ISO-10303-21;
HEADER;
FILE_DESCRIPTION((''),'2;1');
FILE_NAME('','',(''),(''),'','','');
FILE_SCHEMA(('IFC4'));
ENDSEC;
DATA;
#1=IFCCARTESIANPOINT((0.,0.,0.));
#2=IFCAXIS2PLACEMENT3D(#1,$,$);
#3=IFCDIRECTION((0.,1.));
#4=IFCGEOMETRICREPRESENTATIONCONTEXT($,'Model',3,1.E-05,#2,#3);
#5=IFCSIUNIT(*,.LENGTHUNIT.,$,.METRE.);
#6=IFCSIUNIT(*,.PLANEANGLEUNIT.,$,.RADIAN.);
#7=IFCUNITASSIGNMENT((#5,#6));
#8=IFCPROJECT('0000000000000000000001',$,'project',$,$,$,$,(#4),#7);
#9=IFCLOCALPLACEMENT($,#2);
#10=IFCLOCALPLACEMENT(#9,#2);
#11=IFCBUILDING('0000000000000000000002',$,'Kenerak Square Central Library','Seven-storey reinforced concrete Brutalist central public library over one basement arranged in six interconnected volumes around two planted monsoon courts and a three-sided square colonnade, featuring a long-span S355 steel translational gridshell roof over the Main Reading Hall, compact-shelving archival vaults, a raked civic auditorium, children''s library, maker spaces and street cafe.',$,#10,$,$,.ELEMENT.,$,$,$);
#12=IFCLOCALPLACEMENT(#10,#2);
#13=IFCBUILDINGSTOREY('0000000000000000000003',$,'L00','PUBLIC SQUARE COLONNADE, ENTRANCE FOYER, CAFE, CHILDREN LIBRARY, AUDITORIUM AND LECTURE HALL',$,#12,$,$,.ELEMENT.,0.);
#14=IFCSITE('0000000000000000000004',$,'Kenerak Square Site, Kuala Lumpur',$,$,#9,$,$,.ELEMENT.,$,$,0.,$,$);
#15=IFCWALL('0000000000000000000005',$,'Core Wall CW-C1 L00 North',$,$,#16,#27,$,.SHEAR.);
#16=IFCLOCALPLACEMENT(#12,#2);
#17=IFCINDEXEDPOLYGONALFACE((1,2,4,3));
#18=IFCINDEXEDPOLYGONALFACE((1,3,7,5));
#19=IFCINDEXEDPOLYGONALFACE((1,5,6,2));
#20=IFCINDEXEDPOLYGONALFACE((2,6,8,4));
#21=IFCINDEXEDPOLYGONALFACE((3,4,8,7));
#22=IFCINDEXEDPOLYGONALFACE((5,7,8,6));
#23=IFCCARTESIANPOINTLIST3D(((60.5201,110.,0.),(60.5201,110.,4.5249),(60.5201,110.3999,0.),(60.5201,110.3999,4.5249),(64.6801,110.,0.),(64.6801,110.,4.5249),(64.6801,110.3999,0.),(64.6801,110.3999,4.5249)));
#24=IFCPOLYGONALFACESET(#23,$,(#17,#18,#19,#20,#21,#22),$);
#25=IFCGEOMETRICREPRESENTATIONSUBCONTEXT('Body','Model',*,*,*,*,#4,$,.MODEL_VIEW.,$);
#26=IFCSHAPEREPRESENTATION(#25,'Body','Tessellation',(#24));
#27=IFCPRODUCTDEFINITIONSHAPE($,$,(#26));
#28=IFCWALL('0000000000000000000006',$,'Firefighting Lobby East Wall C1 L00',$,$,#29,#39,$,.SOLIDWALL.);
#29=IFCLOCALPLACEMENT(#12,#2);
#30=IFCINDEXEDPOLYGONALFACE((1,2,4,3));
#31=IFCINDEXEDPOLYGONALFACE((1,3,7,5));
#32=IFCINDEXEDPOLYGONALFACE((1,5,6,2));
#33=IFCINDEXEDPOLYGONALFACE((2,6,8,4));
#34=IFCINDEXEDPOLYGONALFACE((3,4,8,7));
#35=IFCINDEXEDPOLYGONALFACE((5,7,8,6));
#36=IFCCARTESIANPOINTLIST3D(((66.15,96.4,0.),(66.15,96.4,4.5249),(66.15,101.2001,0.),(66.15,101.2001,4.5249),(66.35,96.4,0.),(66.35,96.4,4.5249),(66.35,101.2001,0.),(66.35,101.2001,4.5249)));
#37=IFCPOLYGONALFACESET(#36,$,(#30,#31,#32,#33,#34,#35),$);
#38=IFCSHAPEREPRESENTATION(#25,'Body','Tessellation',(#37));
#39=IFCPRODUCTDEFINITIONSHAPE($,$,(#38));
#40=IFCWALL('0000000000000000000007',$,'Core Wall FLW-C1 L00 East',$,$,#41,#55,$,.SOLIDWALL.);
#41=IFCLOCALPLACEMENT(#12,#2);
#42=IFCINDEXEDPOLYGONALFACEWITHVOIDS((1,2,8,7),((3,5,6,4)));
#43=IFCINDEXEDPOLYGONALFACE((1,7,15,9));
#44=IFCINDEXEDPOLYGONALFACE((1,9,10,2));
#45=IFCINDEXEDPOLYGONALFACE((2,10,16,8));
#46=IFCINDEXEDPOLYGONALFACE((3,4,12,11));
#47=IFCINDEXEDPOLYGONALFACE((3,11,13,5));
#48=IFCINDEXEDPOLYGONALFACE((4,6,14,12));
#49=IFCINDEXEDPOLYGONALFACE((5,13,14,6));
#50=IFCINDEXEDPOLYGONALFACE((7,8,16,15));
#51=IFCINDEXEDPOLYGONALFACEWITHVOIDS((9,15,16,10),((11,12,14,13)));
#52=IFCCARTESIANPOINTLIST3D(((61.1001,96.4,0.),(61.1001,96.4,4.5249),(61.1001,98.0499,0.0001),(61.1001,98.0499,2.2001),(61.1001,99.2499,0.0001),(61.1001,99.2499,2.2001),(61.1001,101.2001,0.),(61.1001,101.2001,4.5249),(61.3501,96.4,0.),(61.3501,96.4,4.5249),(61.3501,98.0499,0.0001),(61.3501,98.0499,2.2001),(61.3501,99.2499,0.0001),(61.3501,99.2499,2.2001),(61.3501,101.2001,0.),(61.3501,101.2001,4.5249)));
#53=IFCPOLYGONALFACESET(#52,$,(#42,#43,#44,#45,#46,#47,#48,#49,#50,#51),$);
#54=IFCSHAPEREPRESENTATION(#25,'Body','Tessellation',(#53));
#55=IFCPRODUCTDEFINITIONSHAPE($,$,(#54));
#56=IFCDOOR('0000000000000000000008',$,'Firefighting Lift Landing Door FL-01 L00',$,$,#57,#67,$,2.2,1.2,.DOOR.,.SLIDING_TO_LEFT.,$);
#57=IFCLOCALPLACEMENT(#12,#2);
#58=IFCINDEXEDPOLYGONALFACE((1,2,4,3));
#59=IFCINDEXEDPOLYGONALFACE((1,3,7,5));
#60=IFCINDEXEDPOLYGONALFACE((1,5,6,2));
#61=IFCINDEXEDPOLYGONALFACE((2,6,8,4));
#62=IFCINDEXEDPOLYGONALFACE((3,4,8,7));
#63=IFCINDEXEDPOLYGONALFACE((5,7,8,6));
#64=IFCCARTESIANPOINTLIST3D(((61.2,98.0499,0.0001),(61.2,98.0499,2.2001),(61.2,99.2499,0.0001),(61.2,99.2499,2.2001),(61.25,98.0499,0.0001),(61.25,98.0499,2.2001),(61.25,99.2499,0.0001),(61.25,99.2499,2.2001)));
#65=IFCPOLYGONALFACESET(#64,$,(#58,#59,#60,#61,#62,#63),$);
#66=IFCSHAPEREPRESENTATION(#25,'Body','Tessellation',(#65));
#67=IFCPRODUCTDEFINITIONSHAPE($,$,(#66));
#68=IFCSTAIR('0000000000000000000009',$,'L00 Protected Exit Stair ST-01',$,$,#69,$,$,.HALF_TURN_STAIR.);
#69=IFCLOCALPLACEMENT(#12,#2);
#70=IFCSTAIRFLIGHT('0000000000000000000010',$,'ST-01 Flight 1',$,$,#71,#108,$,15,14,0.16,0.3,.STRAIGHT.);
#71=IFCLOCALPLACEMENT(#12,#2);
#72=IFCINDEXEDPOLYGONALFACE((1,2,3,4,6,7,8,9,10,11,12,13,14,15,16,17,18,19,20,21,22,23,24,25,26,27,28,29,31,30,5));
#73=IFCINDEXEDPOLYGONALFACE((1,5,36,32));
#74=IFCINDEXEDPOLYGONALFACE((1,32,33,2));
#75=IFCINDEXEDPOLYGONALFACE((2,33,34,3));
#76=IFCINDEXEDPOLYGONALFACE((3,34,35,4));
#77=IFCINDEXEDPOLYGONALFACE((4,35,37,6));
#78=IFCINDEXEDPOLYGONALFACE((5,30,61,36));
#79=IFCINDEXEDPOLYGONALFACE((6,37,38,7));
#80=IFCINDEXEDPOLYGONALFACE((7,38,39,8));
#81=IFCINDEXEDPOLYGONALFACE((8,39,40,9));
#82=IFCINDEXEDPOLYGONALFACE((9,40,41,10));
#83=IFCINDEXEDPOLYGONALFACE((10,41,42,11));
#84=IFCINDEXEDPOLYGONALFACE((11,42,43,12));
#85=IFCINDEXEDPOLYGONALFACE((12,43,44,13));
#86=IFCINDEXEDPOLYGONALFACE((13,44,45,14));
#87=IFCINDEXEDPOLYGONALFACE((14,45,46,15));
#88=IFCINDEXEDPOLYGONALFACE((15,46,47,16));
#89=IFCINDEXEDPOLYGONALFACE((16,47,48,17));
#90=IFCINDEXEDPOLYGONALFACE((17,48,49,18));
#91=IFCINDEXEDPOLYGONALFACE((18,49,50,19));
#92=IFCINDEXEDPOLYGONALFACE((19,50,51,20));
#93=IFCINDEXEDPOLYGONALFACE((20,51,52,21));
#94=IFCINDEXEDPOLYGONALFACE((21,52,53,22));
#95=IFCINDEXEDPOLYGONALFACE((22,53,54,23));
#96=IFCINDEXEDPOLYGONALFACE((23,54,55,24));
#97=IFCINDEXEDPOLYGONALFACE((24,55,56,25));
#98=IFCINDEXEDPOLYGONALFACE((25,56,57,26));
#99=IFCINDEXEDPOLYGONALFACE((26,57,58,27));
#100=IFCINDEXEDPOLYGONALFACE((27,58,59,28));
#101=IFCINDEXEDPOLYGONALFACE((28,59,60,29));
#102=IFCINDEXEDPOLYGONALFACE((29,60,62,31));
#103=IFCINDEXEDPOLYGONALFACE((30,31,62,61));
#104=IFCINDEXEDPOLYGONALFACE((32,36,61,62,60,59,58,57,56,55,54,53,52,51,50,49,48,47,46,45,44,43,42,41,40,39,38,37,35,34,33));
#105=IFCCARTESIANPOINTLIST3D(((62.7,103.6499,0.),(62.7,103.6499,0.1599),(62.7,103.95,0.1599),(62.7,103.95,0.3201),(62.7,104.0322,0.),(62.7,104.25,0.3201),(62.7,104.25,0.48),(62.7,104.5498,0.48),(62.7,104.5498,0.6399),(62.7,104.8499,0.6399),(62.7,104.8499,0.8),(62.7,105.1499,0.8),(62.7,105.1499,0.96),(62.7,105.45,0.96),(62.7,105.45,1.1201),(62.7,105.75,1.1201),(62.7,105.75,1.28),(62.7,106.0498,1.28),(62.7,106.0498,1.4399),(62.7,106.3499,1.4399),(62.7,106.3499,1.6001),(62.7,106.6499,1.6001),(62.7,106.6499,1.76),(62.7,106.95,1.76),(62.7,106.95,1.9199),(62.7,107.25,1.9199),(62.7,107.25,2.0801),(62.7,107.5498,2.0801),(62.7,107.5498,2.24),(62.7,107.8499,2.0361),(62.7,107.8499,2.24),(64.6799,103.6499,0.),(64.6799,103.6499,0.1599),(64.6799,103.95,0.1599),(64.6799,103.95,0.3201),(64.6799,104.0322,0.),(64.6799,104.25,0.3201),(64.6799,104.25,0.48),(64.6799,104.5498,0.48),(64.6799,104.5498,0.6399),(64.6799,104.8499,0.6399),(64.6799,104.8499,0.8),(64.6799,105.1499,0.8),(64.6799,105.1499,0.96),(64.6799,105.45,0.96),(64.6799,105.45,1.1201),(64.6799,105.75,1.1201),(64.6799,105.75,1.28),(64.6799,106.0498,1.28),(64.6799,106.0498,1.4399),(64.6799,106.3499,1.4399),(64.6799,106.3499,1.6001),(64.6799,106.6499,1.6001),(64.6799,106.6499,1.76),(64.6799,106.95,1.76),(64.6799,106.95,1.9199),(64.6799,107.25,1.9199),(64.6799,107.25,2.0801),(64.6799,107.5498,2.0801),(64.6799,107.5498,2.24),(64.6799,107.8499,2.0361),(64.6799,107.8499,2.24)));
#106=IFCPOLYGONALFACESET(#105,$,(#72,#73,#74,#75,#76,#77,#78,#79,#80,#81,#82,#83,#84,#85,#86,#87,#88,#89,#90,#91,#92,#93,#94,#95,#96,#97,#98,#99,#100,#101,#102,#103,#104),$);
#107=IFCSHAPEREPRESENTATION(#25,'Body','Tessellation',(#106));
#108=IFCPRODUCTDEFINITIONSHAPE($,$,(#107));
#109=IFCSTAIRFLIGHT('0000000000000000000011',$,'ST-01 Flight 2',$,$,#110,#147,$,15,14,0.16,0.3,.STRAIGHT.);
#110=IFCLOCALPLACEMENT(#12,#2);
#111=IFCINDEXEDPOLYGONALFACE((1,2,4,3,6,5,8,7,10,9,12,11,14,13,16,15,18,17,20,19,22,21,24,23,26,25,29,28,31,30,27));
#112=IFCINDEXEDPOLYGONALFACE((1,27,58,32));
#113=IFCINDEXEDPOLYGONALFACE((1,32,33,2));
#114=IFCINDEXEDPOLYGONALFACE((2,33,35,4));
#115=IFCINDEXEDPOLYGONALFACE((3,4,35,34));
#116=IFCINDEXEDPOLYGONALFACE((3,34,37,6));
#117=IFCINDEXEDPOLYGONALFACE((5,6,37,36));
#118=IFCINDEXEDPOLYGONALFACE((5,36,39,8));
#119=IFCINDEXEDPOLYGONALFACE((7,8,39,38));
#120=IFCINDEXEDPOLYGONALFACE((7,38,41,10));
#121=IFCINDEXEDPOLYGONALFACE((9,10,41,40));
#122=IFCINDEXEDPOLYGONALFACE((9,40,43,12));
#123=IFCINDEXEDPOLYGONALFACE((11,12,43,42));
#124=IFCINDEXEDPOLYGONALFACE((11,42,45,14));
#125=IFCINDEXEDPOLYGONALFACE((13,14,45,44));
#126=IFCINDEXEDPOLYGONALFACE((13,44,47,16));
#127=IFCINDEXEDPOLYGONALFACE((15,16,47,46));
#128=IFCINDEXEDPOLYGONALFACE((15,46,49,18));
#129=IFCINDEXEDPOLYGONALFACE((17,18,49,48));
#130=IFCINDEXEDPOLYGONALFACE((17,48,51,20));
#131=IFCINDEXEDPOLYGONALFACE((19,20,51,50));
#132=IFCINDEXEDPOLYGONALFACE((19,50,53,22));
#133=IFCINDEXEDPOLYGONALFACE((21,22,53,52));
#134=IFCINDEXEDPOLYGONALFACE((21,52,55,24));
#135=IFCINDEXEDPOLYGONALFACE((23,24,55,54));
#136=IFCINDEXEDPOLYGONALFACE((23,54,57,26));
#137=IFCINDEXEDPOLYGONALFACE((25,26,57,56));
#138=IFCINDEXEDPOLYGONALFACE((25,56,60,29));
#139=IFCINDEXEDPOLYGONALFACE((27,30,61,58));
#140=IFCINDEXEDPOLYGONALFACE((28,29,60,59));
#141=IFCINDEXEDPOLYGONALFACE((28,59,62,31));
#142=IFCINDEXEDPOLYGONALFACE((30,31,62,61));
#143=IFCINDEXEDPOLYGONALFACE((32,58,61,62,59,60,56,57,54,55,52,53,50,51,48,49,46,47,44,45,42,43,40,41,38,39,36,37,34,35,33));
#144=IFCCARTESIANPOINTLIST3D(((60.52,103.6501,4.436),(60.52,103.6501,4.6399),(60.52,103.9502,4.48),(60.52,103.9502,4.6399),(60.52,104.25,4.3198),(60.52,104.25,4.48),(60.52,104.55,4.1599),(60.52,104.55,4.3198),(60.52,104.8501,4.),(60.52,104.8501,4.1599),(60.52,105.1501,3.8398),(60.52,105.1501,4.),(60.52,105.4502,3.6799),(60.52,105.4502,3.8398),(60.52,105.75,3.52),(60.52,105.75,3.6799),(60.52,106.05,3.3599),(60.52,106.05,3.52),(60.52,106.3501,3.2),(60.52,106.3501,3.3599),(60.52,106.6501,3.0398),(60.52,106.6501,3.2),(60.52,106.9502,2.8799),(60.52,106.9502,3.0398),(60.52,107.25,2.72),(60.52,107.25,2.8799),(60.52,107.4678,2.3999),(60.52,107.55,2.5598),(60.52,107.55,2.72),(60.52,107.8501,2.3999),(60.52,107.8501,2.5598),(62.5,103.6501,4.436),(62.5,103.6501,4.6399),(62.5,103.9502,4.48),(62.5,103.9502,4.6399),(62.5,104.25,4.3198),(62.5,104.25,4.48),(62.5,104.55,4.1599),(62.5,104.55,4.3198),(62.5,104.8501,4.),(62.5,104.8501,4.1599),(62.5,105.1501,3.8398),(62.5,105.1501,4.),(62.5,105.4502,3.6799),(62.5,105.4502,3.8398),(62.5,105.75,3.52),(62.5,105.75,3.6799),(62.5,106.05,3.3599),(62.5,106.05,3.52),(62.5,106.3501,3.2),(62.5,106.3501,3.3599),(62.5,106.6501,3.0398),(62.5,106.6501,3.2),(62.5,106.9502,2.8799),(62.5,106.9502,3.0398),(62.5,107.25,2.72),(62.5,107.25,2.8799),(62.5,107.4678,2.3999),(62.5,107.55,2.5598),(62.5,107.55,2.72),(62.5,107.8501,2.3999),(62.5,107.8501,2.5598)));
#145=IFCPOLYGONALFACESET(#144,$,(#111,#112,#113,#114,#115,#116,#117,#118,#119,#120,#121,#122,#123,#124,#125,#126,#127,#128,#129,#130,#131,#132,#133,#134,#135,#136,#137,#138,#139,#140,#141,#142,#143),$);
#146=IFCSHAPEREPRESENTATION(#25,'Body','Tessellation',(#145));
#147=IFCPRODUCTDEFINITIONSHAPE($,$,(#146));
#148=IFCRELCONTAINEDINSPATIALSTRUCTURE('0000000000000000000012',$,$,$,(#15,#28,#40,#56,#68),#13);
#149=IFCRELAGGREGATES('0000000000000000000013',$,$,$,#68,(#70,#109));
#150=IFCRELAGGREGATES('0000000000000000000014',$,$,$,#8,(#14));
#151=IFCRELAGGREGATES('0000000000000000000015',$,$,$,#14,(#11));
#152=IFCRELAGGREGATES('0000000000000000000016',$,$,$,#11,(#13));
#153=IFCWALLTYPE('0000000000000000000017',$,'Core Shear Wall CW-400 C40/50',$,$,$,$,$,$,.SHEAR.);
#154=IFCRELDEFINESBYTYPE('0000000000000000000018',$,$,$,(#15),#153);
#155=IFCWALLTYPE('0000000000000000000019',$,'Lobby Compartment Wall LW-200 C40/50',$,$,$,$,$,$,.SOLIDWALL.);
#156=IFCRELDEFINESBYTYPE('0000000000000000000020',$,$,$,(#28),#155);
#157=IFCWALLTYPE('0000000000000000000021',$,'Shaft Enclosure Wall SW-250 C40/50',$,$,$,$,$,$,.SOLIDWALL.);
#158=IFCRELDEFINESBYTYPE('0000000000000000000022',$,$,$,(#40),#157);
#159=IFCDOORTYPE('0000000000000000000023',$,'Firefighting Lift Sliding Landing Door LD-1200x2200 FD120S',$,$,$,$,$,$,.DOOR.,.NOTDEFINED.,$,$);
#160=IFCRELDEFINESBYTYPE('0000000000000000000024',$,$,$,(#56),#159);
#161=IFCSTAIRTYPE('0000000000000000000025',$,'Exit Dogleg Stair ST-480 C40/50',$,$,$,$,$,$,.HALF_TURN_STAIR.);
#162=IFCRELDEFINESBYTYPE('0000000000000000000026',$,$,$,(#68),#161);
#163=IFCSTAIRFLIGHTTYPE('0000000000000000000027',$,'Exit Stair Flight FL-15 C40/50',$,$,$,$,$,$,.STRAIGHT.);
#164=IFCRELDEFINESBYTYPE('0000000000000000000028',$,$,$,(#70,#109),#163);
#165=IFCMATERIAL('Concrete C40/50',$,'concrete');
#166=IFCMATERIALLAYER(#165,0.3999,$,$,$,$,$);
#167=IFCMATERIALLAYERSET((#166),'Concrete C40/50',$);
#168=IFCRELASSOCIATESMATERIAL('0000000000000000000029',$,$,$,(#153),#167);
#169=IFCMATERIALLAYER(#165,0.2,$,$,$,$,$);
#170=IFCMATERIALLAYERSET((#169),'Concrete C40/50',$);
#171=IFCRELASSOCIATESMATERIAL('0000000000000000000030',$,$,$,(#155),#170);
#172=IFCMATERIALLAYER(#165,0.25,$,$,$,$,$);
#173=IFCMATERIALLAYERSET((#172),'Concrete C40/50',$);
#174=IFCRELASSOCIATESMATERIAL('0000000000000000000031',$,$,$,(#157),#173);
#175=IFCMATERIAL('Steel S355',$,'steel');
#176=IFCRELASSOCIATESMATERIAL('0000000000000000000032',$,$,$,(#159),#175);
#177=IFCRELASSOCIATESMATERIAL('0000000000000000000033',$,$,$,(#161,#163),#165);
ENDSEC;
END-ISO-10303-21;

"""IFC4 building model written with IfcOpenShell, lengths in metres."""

from ifc_helpers import new_model, si_unit, direction, frame, frame_2d, origin, place, context, subcontext, project, spatial, polyline, rectangle, outline, extrude, material, layer, layer_set, type_object, element, fill, aggregate, save


model = new_model("IFC4")

# Units and contexts
model_context = context("Model", 3, precision=1e-05, world=origin(), true_north=direction((0.0, 1.0)))
body_context = subcontext(model_context, "Body", "Model", "MODEL_VIEW")
ifc_project = project(units=[si_unit("LENGTHUNIT", "METRE"), si_unit("PLANEANGLEUNIT", "RADIAN")], contexts=[model_context])

# Site, building, storey
site_placement = place(None, origin())
site = spatial("IfcSite", under=ifc_project, at=site_placement, Name="Kenerak Square Site, Kuala Lumpur", CompositionType="ELEMENT", RefElevation=0.0)
building_placement = place(site_placement, origin())
building = spatial("IfcBuilding", under=site, at=building_placement, Name="Kenerak Square Central Library", Description="Seven-storey reinforced concrete Brutalist central public library over one basement arranged in six interconnected volumes around two planted monsoon courts and a three-sided square colonnade, featuring a long-span S355 steel translational gridshell roof over the Main Reading Hall, compact-shelving archival vaults, a raked civic auditorium, children's library, maker spaces and street cafe.", CompositionType="ELEMENT")
storey_placement = place(building_placement, origin())
storey = spatial("IfcBuildingStorey", under=building, at=storey_placement, Name="L00", Description="PUBLIC SQUARE COLONNADE, ENTRANCE FOYER, CAFE, CHILDREN LIBRARY, AUDITORIUM AND LECTURE HALL", CompositionType="ELEMENT", Elevation=0.0)

# Shared definitions
ifc_material_1 = material(Name="Concrete C40/50", Category="concrete")

# Shared definitions
ifc_layer_1 = layer(ifc_material_1, 0.3999)
ifc_layer_set_1 = layer_set([ifc_layer_1], Name="Concrete C40/50")
wall_type_1 = type_object("IfcWallType", Name="Core Shear Wall CW-400 C40/50", PredefinedType="SHEAR", material=ifc_layer_set_1)

# Shared definitions
ifc_material_2 = material(Name="Steel S355", Category="steel")

# Walls
wall_1_placement = place(storey_placement, frame((60.52, 110.2, 0.0), z_axis=(0.0, 0.0, 1.0), x_axis=(1.0, 0.0, 0.0)))
element("IfcWall", 1, at=wall_1_placement, inside=storey, type_object=wall_type_1, Name="Core Wall CW-C1 L00 North", PredefinedType="SHEAR", context=body_context, shape_type="SweptSolid", body=[
    extrude(rectangle(XDim=4.1599, YDim=0.3999, at=frame_2d((2.0801, 0.0))), origin(), (0.0, 0.0, 1.0), 4.5249),
])
ifc_layer_2 = layer(ifc_material_1, 0.2)
ifc_layer_set_2 = layer_set([ifc_layer_2], Name="Concrete C40/50")
wall_type_2 = type_object("IfcWallType", Name="Lobby Compartment Wall LW-200 C40/50", PredefinedType="SOLIDWALL", material=ifc_layer_set_2)
wall_2_placement = place(storey_placement, frame((66.25, 101.2, 0.0), z_axis=(0.0, 0.0, 1.0), x_axis=(0.0, -1.0, 0.0)))
element("IfcWall", 2, at=wall_2_placement, inside=storey, type_object=wall_type_2, Name="Firefighting Lobby East Wall C1 L00", PredefinedType="SOLIDWALL", context=body_context, shape_type="SweptSolid", body=[
    extrude(rectangle(XDim=4.8, YDim=0.2, at=frame_2d((2.3999, 0.0))), origin(), (0.0, 0.0, 1.0), 4.5249),
])

# Wall, opening, door
ifc_layer_3 = layer(ifc_material_1, 0.25)
ifc_layer_set_3 = layer_set([ifc_layer_3], Name="Concrete C40/50")
wall_type_3 = type_object("IfcWallType", Name="Shaft Enclosure Wall SW-250 C40/50", PredefinedType="SOLIDWALL", material=ifc_layer_set_3)
wall_3_placement = place(storey_placement, frame((61.2251, 101.2, 0.0), z_axis=(0.0, 0.0, 1.0), x_axis=(0.0, -1.0, 0.0)))
wall_3 = element("IfcWall", 3, at=wall_3_placement, inside=storey, type_object=wall_type_3, Name="Core Wall FLW-C1 L00 East", PredefinedType="SOLIDWALL", context=body_context, shape_type="SweptSolid", body=[
    extrude(rectangle(XDim=4.8, YDim=0.25, at=frame_2d((2.3999, 0.0))), origin(), (0.0, 0.0, 1.0), 4.5249),
])
opening_1_placement = place(wall_3_placement, frame((1.95, 0.0, 0.0)))
opening_1 = element("IfcOpeningElement", 4, at=opening_1_placement, cuts=wall_3, PredefinedType="OPENING", context=body_context, shape_type="SweptSolid", body=[
    extrude(rectangle(XDim=1.2, YDim=2.2, at=frame_2d((0.6001, 1.1001))), frame((0.0, 0.135, 0.0), z_axis=(0.0, -1.0, 0.0), x_axis=(1.0, 0.0, 0.0)), (0.0, 0.0, 1.0), 0.27),
])
door_type_1 = type_object("IfcDoorType", Name="Firefighting Lift Sliding Landing Door LD-1200x2200 FD120S", OperationType="NOTDEFINED", PredefinedType="DOOR", material=ifc_material_2)
door_1_placement = place(opening_1_placement, origin())
door_1 = element("IfcDoor", 5, at=door_1_placement, inside=storey, type_object=door_type_1, Name="Firefighting Lift Landing Door FL-01 L00", OperationType="SLIDING_TO_LEFT", OverallHeight=2.2, OverallWidth=1.2, PredefinedType="DOOR", context=body_context, shape_type="SweptSolid", body=[
    extrude(rectangle(XDim=1.2, YDim=2.2, at=frame_2d((0.6001, 1.1001))), frame((0.0, 0.0249, 0.0), z_axis=(0.0, -1.0, 0.0), x_axis=(1.0, 0.0, 0.0)), (0.0, 0.0, 1.0), 0.05),
])
fill(opening_1, door_1)

# Stair, stair flights
stair_type = type_object("IfcStairType", Name="Exit Dogleg Stair ST-480 C40/50", PredefinedType="HALF_TURN_STAIR", material=ifc_material_1)
stair_placement = place(storey_placement, origin())
stair = element("IfcStair", 6, at=stair_placement, inside=storey, type_object=stair_type, Name="L00 Protected Exit Stair ST-01", PredefinedType="HALF_TURN_STAIR")
stair_flight_type = type_object("IfcStairFlightType", Name="Exit Stair Flight FL-15 C40/50", PredefinedType="STRAIGHT", material=ifc_material_1)
stair_flight_1_placement = place(storey_placement, frame((63.6899, 103.6499, 0.0), z_axis=(0.0, 0.0, 1.0), x_axis=(0.0, 1.0, 0.0)))
stair_flight_1 = element("IfcStairFlight", 7, at=stair_flight_1_placement, type_object=stair_flight_type, Name="ST-01 Flight 1", NumberOfRisers=15, NumberOfTreads=14, PredefinedType="STRAIGHT", RiserHeight=0.16, TreadLength=0.3, context=body_context, shape_type="SweptSolid", body=[
    extrude(outline(polyline([(0.0, 0.0), (0.0, 0.1599), (0.3, 0.1599), (0.3, 0.3201), (0.6001, 0.3201), (0.6001, 0.48), (0.8999, 0.48), (0.8999, 0.6399), (1.2, 0.6399), (1.2, 0.8), (1.5, 0.8), (1.5, 0.96), (1.8, 0.96), (1.8, 1.1201), (2.1001, 1.1201), (2.1001, 1.28), (2.3999, 1.28), (2.3999, 1.4399), (2.7, 1.4399), (2.7, 1.6001), (3.0, 1.6001), (3.0, 1.76), (3.3, 1.76), (3.3, 1.9199), (3.6001, 1.9199), (3.6001, 2.0801), (3.8999, 2.0801), (3.8999, 2.24), (4.2, 2.24), (4.2, 2.3999), (4.2, 2.0361), (0.3823, 0.0), (0.0, 0.0)])), frame((0.0, 0.99, 0.0), z_axis=(0.0, -1.0, 0.0), x_axis=(1.0, 0.0, 0.0)), (0.0, 0.0, 1.0), 1.98),
])
stair_flight_2_placement = place(storey_placement, frame((61.51, 107.8501, 2.3999), z_axis=(0.0, 0.0, 1.0), x_axis=(0.0, -1.0, 0.0)))
stair_flight_2 = element("IfcStairFlight", 8, at=stair_flight_2_placement, type_object=stair_flight_type, Name="ST-01 Flight 2", NumberOfRisers=15, NumberOfTreads=14, PredefinedType="STRAIGHT", RiserHeight=0.16, TreadLength=0.3, context=body_context, shape_type="SweptSolid", body=[
    extrude(outline(polyline([(0.0, 0.0), (0.0, 0.1599), (0.3, 0.1599), (0.3, 0.3201), (0.6001, 0.3201), (0.6001, 0.48), (0.8999, 0.48), (0.8999, 0.6399), (1.2, 0.6399), (1.2, 0.8), (1.5, 0.8), (1.5, 0.96), (1.8, 0.96), (1.8, 1.1201), (2.1001, 1.1201), (2.1001, 1.28), (2.3999, 1.28), (2.3999, 1.4399), (2.7, 1.4399), (2.7, 1.6001), (3.0, 1.6001), (3.0, 1.76), (3.3, 1.76), (3.3, 1.9199), (3.6001, 1.9199), (3.6001, 2.0801), (3.8999, 2.0801), (3.8999, 2.24), (4.2, 2.24), (4.2, 2.3999), (4.2, 2.0361), (0.3823, 0.0), (0.0, 0.0)])), frame((0.0, 0.99, 0.0), z_axis=(0.0, -1.0, 0.0), x_axis=(1.0, 0.0, 0.0)), (0.0, 0.0, 1.0), 1.98),
])
aggregate(stair, [stair_flight_1, stair_flight_2])

save(model, "model.ifc")
